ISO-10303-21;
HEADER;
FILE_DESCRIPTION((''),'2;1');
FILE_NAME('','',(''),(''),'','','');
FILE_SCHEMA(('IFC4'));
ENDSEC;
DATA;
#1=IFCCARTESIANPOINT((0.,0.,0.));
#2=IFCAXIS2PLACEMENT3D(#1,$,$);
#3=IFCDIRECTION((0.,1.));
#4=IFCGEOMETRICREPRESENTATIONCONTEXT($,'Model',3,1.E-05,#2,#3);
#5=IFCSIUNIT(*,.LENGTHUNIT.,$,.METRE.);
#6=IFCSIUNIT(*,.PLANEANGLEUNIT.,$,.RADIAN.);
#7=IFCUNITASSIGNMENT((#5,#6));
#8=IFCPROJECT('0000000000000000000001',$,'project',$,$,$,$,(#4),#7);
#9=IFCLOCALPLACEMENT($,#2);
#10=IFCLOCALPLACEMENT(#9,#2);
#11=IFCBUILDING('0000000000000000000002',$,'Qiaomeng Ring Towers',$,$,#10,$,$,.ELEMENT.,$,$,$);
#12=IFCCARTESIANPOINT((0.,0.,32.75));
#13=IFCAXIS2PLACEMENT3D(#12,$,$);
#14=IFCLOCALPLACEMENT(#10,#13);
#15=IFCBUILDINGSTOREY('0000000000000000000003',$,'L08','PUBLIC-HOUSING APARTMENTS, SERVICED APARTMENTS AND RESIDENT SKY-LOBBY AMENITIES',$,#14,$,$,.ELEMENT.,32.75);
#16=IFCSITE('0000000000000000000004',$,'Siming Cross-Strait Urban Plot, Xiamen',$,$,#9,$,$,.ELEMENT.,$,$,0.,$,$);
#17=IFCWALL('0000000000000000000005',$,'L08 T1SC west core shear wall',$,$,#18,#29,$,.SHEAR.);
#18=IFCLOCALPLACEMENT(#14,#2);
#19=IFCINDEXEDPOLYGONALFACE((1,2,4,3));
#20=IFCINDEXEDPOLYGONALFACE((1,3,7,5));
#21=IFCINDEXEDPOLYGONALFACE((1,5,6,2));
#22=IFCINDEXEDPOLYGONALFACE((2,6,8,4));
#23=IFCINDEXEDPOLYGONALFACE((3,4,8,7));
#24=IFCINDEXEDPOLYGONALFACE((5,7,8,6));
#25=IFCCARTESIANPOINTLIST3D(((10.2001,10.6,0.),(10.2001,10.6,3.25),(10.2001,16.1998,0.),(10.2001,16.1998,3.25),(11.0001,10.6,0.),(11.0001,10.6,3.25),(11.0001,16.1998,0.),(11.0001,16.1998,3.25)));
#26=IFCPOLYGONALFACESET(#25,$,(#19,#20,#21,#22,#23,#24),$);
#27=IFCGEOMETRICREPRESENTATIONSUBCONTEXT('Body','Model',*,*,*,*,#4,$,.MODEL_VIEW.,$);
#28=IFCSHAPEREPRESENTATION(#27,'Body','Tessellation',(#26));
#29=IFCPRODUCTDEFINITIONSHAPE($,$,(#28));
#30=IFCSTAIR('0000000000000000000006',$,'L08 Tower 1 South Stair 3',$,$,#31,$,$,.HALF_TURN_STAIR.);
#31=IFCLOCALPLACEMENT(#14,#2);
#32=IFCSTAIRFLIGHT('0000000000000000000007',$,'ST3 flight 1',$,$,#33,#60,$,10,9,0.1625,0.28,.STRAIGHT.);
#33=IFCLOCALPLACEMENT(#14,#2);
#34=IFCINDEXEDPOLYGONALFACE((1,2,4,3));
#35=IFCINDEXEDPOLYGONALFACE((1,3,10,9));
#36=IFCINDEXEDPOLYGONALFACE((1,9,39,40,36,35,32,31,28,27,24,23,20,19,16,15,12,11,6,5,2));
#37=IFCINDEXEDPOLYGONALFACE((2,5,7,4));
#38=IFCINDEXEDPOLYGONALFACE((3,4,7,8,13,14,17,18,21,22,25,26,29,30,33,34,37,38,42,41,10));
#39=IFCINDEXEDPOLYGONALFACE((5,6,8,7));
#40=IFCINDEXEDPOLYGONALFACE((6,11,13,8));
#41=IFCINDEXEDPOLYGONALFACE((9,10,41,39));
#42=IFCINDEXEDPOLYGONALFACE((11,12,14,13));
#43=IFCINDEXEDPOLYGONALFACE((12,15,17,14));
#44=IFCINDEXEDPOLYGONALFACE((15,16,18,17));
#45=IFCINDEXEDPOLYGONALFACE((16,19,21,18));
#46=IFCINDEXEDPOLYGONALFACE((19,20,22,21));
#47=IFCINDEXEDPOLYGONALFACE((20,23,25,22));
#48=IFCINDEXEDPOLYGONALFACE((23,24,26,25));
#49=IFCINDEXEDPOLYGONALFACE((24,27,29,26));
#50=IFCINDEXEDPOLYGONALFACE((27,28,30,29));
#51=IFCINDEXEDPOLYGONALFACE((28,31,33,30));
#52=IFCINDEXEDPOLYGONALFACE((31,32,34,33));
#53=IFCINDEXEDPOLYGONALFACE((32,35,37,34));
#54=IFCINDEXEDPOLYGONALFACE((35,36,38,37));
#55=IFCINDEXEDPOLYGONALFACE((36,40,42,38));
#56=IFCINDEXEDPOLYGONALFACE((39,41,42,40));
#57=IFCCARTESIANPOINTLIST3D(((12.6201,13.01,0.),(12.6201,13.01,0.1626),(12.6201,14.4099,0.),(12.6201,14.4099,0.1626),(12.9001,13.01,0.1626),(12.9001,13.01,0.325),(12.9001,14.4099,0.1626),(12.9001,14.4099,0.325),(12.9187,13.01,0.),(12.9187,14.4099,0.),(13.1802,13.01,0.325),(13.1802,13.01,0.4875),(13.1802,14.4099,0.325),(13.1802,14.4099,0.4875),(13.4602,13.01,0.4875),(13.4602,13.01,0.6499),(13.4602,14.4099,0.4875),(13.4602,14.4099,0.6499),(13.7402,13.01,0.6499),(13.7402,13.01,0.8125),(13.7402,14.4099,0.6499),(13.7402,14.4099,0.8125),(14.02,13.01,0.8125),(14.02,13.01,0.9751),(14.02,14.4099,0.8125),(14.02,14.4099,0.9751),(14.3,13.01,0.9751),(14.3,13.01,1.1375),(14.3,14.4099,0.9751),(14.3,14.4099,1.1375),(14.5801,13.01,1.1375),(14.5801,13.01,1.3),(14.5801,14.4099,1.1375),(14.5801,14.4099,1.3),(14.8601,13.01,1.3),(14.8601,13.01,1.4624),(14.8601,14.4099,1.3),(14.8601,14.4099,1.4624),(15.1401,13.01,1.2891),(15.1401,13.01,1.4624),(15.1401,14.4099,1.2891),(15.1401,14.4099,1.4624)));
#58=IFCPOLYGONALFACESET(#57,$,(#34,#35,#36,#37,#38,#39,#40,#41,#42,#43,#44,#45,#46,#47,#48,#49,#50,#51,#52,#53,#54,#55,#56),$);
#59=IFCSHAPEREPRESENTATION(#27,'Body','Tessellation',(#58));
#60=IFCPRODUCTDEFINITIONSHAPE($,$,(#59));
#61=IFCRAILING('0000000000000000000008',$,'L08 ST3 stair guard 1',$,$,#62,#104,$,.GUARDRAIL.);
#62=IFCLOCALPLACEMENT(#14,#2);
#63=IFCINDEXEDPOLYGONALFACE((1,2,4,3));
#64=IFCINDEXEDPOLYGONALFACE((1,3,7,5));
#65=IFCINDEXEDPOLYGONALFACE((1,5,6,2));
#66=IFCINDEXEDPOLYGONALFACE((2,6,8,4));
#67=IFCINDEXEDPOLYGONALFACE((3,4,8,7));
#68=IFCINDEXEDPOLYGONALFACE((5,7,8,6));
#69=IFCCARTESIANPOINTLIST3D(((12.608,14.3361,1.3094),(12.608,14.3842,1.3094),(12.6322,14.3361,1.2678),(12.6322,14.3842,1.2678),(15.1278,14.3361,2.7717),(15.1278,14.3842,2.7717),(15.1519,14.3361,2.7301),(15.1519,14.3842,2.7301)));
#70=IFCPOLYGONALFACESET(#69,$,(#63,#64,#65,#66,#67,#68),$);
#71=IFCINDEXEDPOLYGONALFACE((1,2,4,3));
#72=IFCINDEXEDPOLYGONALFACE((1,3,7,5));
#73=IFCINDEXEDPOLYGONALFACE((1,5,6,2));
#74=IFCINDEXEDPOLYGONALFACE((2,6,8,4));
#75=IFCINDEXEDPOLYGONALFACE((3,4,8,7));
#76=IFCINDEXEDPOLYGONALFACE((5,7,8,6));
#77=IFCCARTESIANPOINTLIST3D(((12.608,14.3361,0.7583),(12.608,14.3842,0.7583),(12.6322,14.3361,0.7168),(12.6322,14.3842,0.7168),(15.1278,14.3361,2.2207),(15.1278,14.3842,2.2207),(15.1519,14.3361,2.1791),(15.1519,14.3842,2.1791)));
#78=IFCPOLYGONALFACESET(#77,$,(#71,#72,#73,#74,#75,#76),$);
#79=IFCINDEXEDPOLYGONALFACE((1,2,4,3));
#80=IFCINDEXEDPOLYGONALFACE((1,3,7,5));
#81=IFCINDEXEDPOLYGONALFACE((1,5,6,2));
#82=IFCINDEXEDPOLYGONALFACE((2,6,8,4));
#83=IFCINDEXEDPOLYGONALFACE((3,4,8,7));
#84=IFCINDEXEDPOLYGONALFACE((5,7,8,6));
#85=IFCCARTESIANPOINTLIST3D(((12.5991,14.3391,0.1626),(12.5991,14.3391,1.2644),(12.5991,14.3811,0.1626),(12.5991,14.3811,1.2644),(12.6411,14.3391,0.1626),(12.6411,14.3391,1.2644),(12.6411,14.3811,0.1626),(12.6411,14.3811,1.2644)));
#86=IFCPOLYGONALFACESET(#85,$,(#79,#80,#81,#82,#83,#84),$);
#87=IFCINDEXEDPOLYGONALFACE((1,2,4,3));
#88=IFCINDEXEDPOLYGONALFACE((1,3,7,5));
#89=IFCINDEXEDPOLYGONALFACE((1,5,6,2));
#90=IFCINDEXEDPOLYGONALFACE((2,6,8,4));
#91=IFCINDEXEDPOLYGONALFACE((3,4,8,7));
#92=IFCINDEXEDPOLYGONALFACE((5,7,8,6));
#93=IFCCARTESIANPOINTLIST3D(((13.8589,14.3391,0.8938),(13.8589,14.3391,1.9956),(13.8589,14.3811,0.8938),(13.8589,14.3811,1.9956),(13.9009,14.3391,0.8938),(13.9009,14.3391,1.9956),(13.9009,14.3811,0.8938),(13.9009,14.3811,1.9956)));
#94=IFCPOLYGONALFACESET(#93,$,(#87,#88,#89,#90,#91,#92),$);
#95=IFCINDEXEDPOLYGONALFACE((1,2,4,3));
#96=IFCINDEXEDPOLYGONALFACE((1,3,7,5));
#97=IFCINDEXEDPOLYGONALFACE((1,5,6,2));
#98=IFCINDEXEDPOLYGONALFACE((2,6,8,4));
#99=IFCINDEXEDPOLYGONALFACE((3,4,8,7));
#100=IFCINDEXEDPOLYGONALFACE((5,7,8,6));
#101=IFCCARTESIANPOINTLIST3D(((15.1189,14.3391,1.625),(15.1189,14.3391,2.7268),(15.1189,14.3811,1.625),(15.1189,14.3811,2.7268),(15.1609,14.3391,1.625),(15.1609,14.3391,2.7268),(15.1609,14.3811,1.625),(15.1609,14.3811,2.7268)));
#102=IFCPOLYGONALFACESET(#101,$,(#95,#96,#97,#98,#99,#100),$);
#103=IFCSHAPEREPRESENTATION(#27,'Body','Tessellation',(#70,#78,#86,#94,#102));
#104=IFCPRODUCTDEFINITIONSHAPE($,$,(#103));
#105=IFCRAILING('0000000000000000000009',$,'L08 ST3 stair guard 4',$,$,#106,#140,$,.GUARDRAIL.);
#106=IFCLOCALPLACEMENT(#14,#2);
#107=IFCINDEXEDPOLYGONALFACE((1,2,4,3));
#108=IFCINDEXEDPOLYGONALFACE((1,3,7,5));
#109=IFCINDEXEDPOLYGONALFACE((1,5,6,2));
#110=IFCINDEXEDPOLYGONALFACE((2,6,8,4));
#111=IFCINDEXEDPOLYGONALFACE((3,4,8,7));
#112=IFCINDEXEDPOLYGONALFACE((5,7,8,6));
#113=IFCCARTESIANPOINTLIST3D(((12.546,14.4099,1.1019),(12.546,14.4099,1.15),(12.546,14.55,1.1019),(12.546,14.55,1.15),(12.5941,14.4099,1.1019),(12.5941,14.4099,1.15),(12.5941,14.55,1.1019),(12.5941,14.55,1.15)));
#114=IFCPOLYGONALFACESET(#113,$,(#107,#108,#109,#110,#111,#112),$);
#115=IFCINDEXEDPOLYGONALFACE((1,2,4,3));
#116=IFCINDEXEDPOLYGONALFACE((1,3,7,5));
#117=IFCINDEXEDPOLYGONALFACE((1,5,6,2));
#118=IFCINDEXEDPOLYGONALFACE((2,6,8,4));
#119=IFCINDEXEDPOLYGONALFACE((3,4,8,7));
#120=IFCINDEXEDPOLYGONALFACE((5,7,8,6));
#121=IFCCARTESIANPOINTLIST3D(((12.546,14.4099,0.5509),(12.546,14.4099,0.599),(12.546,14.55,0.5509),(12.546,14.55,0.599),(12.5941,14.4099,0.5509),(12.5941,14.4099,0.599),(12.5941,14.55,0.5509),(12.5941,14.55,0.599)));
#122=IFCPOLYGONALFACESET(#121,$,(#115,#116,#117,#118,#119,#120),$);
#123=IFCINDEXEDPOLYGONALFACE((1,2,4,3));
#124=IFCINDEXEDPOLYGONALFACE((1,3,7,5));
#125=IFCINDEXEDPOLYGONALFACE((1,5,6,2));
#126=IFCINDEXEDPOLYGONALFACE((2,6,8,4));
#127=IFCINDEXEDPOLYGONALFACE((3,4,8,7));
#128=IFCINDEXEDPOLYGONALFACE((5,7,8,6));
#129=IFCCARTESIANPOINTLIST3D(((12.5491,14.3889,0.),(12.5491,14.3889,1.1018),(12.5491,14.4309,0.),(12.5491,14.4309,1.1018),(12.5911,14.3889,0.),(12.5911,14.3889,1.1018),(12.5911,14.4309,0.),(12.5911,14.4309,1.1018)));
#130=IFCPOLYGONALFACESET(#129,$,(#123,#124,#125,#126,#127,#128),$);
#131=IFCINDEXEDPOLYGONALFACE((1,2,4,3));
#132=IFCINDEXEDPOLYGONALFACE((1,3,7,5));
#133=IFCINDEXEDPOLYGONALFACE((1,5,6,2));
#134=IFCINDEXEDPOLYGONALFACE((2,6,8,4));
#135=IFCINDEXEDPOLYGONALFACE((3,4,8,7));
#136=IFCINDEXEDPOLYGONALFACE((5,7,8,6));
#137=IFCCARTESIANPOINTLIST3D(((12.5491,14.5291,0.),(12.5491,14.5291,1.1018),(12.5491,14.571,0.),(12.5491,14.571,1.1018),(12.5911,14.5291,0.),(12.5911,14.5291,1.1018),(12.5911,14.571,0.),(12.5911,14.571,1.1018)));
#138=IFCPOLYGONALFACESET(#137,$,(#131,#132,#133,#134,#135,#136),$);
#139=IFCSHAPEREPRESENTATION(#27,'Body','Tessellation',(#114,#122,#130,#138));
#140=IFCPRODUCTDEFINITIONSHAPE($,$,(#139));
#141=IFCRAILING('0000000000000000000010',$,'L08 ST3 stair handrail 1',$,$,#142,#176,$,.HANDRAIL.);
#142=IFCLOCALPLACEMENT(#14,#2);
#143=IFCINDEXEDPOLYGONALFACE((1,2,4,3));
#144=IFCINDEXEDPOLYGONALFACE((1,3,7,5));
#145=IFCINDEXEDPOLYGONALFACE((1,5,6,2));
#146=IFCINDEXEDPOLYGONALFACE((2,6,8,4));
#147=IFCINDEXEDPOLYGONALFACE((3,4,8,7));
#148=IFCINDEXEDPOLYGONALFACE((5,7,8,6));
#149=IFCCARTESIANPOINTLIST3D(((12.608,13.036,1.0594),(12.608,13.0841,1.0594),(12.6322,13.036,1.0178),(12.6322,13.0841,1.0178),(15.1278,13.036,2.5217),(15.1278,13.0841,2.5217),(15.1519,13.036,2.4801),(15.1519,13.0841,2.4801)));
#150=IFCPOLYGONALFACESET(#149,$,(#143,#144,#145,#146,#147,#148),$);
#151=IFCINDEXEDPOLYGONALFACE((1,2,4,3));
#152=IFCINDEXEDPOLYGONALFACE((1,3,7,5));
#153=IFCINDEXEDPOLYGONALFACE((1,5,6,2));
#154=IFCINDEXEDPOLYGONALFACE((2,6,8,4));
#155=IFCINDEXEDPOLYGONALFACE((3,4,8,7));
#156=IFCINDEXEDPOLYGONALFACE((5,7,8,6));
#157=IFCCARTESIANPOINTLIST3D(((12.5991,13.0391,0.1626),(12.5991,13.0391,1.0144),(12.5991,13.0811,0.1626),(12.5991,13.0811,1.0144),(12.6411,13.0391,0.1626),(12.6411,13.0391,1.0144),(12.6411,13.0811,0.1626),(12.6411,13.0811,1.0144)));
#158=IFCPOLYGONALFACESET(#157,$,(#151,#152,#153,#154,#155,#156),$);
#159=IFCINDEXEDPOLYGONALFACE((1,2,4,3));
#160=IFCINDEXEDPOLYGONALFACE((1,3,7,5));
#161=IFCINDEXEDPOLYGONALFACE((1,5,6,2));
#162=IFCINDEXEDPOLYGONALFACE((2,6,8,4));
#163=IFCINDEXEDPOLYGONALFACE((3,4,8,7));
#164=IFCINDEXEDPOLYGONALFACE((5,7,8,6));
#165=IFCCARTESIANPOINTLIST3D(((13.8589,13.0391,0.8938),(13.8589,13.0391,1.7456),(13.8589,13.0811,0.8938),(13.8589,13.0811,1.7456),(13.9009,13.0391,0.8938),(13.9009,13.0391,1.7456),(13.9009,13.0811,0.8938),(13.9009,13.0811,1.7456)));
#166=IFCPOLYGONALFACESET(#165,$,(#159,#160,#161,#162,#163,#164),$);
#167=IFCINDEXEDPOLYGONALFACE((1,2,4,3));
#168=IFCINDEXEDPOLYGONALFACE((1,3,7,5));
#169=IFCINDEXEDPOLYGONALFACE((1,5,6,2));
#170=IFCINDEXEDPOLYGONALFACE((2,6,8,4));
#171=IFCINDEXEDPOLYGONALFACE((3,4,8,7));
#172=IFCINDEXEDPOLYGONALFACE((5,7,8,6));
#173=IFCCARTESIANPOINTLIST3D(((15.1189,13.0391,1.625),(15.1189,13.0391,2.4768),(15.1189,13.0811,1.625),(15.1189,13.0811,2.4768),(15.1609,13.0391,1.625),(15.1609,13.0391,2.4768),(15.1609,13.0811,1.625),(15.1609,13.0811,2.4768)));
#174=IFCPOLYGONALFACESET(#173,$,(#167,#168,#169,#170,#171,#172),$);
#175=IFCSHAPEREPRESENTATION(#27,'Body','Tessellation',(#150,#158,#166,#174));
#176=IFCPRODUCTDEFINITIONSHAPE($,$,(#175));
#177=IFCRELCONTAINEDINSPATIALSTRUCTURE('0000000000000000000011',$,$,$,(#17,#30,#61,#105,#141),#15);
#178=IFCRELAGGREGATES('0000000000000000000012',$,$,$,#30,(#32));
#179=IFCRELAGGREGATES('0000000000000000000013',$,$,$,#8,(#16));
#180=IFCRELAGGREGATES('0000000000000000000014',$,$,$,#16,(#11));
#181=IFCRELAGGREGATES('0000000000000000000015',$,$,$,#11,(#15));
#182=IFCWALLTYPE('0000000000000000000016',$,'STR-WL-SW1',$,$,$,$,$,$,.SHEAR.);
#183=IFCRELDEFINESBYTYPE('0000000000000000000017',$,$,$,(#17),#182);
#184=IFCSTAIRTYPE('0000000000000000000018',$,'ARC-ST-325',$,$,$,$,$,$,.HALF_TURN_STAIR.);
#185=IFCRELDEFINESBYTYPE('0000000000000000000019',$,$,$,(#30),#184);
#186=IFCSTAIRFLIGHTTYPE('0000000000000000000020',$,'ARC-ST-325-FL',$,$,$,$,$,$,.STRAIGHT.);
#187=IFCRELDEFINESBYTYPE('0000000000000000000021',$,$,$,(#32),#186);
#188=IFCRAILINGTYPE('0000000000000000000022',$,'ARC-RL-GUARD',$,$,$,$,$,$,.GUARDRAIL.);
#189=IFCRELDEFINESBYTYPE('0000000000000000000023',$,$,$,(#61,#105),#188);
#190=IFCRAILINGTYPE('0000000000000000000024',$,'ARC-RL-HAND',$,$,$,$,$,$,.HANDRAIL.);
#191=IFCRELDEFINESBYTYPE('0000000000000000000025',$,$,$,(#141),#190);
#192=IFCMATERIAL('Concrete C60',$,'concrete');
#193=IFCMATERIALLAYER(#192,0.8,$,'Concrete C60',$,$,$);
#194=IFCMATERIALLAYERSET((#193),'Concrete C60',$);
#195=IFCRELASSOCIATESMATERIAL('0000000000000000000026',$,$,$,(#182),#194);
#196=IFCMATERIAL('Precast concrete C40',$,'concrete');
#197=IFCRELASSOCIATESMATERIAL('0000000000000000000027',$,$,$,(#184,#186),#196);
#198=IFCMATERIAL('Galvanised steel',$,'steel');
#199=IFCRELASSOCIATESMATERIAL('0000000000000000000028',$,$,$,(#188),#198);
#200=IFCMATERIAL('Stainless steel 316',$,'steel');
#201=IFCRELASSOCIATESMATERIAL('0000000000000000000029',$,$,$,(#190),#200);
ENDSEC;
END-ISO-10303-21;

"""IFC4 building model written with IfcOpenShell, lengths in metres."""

from ifc_helpers import new_model, si_unit, direction, frame, frame_2d, origin, origin_2d, place, context, subcontext, project, spatial, polyline, rectangle, outline, extrude, source, transform, mapped, material, layer, layer_set, type_object, element, aggregate, save


model = new_model("IFC4")

# Units and contexts
model_context = context("Model", 3, precision=1e-05, world=origin(), true_north=direction((0.0, 1.0)))
body_context = subcontext(model_context, "Body", "Model", "MODEL_VIEW")
ifc_project = project(units=[si_unit("LENGTHUNIT", "METRE"), si_unit("PLANEANGLEUNIT", "RADIAN")], contexts=[model_context])

# Site, building, storey
site_placement = place(None, origin())
site = spatial("IfcSite", under=ifc_project, at=site_placement, Name="Siming Cross-Strait Urban Plot, Xiamen", CompositionType="ELEMENT", RefElevation=0.0)
building_placement = place(site_placement, origin())
building = spatial("IfcBuilding", under=site, at=building_placement, Name="Qiaomeng Ring Towers", CompositionType="ELEMENT")
storey_placement = place(building_placement, frame((0.0, 0.0, 32.75)))
storey = spatial("IfcBuildingStorey", under=building, at=storey_placement, Name="L08", Description="PUBLIC-HOUSING APARTMENTS, SERVICED APARTMENTS AND RESIDENT SKY-LOBBY AMENITIES", CompositionType="ELEMENT", Elevation=32.75)

# Shared definitions
ifc_material_1 = material(Name="Galvanised steel", Category="steel")

# Shared definitions
ifc_material_2 = material(Name="Concrete C60", Category="concrete")
ifc_layer_1 = layer(ifc_material_2, 0.8, Name="Concrete C60")
ifc_layer_set_1 = layer_set([ifc_layer_1], Name="Concrete C60")
wall_type_1 = type_object("IfcWallType", Name="STR-WL-SW1", PredefinedType="SHEAR", material=ifc_layer_set_1)
ifc_material_3 = material(Name="Stainless steel 316", Category="steel")

# Wall
wall_1_placement = place(storey_placement, frame((10.6001, 10.6001, 0.0), z_axis=(0.0, 0.0, 1.0), x_axis=(0.0, 1.0, 0.0)))
element("IfcWall", 1, at=wall_1_placement, inside=storey, type_object=wall_type_1, Name="L08 T1SC west core shear wall", PredefinedType="SHEAR", context=body_context, shape_type="SweptSolid", body=[
    extrude(rectangle(XDim=5.5999, YDim=0.8, at=frame_2d((2.7998, 0.0))), origin(), (0.0, 0.0, 1.0), 3.25),
])

# Stair, stair flight
ifc_material_4 = material(Name="Precast concrete C40", Category="concrete")
stair_type = type_object("IfcStairType", Name="ARC-ST-325", PredefinedType="HALF_TURN_STAIR", material=ifc_material_4)
stair_placement = place(storey_placement, origin())
stair = element("IfcStair", 2, at=stair_placement, inside=storey, type_object=stair_type, Name="L08 Tower 1 South Stair 3", PredefinedType="HALF_TURN_STAIR")
stair_flight_type = type_object("IfcStairFlightType", Name="ARC-ST-325-FL", PredefinedType="STRAIGHT", material=ifc_material_4)
shared_shape_1 = source(origin(), body_context, "Body", "SweptSolid", [
    extrude(outline(polyline([(0.0, 0.0), (0.0, 0.1626), (0.28, 0.1626), (0.28, 0.325), (0.5601, 0.325), (0.5601, 0.4875), (0.8401, 0.4875), (0.8401, 0.6499), (1.1201, 0.6499), (1.1201, 0.8125), (1.3999, 0.8125), (1.3999, 0.9751), (1.6799, 0.9751), (1.6799, 1.1375), (1.96, 1.1375), (1.96, 1.3), (2.24, 1.3), (2.24, 1.4624), (2.52, 1.4624), (2.52, 1.625), (2.52, 1.2891), (0.2986, 0.0), (0.0, 0.0)])), frame((0.0, 0.7, 0.0), z_axis=(0.0, -1.0, 0.0), x_axis=(1.0, 0.0, 0.0)), (0.0, 0.0, 1.0), 1.3999),
])
stair_flight_placement = place(storey_placement, frame((12.6201, 13.71, 0.0), z_axis=(0.0, 0.0, 1.0), x_axis=(1.0, 0.0, 0.0)))
stair_flight = element("IfcStairFlight", 3, at=stair_flight_placement, type_object=stair_flight_type, Name="ST3 flight 1", NumberOfRisers=10, NumberOfTreads=9, PredefinedType="STRAIGHT", RiserHeight=0.1625, TreadLength=0.28, context=body_context, shape_type="MappedRepresentation", body=[
    mapped(shared_shape_1, transform((0.0, 0.0, 0.0), x_axis=(1.0, 0.0, 0.0), y_axis=(0.0, 1.0, 0.0), z_axis=(0.0, 0.0, 1.0), scale=1.0)),
])
aggregate(stair, [stair_flight])

# Railings
railing_type_1 = type_object("IfcRailingType", Name="ARC-RL-GUARD", PredefinedType="GUARDRAIL", material=ifc_material_1)
railing_1_placement = place(storey_placement, frame((12.6201, 14.3601, 0.1626)))
element("IfcRailing", 4, at=railing_1_placement, inside=storey, type_object=railing_type_1, Name="L08 ST3 stair guard 1", PredefinedType="GUARDRAIL", context=body_context, shape_type="SweptSolid", body=[
    extrude(rectangle(XDim=0.0481, YDim=0.0481, at=origin_2d()), frame((0.0, 0.0, 1.126), z_axis=(0.864892, 0.0, 0.501958), x_axis=(0.0, 1.0, 0.0)), (0.0, 0.0, 1.0), 2.9133),
    extrude(rectangle(XDim=0.0481, YDim=0.0481, at=origin_2d()), frame((0.0, 0.0, 0.575), z_axis=(0.864892, 0.0, 0.501958), x_axis=(0.0, 1.0, 0.0)), (0.0, 0.0, 1.0), 2.9133),
    extrude(rectangle(XDim=0.042, YDim=0.042, at=origin_2d()), origin(), (0.0, 0.0, 1.0), 1.1018),
    extrude(rectangle(XDim=0.042, YDim=0.042, at=origin_2d()), frame((1.2598, 0.0, 0.7312)), (0.0, 0.0, 1.0), 1.1018),
    extrude(rectangle(XDim=0.042, YDim=0.042, at=origin_2d()), frame((2.5198, 0.0, 1.4624)), (0.0, 0.0, 1.0), 1.1018),
])
railing_2_placement = place(storey_placement, frame((12.5701, 14.4099, 0.0)))
element("IfcRailing", 5, at=railing_2_placement, inside=storey, type_object=railing_type_1, Name="L08 ST3 stair guard 4", PredefinedType="GUARDRAIL", context=body_context, shape_type="SweptSolid", body=[
    extrude(rectangle(XDim=0.0481, YDim=0.0481, at=origin_2d()), frame((0.0, 0.0, 1.126), z_axis=(0.0, 1.0, 0.0), x_axis=(-1.0, 0.0, 0.0)), (0.0, 0.0, 1.0), 0.1401),
    extrude(rectangle(XDim=0.0481, YDim=0.0481, at=origin_2d()), frame((0.0, 0.0, 0.575), z_axis=(0.0, 1.0, 0.0), x_axis=(-1.0, 0.0, 0.0)), (0.0, 0.0, 1.0), 0.1401),
    extrude(rectangle(XDim=0.042, YDim=0.042, at=origin_2d()), origin(), (0.0, 0.0, 1.0), 1.1018),
    extrude(rectangle(XDim=0.042, YDim=0.042, at=origin_2d()), frame((0.0, 0.1401, 0.0)), (0.0, 0.0, 1.0), 1.1018),
])
railing_type_2 = type_object("IfcRailingType", Name="ARC-RL-HAND", PredefinedType="HANDRAIL", material=ifc_material_3)
railing_3_placement = place(storey_placement, frame((12.6201, 13.0601, 0.1626)))
element("IfcRailing", 6, at=railing_3_placement, inside=storey, type_object=railing_type_2, Name="L08 ST3 stair handrail 1", PredefinedType="HANDRAIL", context=body_context, shape_type="SweptSolid", body=[
    extrude(rectangle(XDim=0.0481, YDim=0.0481, at=origin_2d()), frame((0.0, 0.0, 0.876), z_axis=(0.864892, 0.0, 0.501958), x_axis=(0.0, 1.0, 0.0)), (0.0, 0.0, 1.0), 2.9133),
    extrude(rectangle(XDim=0.042, YDim=0.042, at=origin_2d()), origin(), (0.0, 0.0, 1.0), 0.8518),
    extrude(rectangle(XDim=0.042, YDim=0.042, at=origin_2d()), frame((1.2598, 0.0, 0.7312)), (0.0, 0.0, 1.0), 0.8518),
    extrude(rectangle(XDim=0.042, YDim=0.042, at=origin_2d()), frame((2.5198, 0.0, 1.4624)), (0.0, 0.0, 1.0), 0.8518),
])

save(model, "model.ifc")
